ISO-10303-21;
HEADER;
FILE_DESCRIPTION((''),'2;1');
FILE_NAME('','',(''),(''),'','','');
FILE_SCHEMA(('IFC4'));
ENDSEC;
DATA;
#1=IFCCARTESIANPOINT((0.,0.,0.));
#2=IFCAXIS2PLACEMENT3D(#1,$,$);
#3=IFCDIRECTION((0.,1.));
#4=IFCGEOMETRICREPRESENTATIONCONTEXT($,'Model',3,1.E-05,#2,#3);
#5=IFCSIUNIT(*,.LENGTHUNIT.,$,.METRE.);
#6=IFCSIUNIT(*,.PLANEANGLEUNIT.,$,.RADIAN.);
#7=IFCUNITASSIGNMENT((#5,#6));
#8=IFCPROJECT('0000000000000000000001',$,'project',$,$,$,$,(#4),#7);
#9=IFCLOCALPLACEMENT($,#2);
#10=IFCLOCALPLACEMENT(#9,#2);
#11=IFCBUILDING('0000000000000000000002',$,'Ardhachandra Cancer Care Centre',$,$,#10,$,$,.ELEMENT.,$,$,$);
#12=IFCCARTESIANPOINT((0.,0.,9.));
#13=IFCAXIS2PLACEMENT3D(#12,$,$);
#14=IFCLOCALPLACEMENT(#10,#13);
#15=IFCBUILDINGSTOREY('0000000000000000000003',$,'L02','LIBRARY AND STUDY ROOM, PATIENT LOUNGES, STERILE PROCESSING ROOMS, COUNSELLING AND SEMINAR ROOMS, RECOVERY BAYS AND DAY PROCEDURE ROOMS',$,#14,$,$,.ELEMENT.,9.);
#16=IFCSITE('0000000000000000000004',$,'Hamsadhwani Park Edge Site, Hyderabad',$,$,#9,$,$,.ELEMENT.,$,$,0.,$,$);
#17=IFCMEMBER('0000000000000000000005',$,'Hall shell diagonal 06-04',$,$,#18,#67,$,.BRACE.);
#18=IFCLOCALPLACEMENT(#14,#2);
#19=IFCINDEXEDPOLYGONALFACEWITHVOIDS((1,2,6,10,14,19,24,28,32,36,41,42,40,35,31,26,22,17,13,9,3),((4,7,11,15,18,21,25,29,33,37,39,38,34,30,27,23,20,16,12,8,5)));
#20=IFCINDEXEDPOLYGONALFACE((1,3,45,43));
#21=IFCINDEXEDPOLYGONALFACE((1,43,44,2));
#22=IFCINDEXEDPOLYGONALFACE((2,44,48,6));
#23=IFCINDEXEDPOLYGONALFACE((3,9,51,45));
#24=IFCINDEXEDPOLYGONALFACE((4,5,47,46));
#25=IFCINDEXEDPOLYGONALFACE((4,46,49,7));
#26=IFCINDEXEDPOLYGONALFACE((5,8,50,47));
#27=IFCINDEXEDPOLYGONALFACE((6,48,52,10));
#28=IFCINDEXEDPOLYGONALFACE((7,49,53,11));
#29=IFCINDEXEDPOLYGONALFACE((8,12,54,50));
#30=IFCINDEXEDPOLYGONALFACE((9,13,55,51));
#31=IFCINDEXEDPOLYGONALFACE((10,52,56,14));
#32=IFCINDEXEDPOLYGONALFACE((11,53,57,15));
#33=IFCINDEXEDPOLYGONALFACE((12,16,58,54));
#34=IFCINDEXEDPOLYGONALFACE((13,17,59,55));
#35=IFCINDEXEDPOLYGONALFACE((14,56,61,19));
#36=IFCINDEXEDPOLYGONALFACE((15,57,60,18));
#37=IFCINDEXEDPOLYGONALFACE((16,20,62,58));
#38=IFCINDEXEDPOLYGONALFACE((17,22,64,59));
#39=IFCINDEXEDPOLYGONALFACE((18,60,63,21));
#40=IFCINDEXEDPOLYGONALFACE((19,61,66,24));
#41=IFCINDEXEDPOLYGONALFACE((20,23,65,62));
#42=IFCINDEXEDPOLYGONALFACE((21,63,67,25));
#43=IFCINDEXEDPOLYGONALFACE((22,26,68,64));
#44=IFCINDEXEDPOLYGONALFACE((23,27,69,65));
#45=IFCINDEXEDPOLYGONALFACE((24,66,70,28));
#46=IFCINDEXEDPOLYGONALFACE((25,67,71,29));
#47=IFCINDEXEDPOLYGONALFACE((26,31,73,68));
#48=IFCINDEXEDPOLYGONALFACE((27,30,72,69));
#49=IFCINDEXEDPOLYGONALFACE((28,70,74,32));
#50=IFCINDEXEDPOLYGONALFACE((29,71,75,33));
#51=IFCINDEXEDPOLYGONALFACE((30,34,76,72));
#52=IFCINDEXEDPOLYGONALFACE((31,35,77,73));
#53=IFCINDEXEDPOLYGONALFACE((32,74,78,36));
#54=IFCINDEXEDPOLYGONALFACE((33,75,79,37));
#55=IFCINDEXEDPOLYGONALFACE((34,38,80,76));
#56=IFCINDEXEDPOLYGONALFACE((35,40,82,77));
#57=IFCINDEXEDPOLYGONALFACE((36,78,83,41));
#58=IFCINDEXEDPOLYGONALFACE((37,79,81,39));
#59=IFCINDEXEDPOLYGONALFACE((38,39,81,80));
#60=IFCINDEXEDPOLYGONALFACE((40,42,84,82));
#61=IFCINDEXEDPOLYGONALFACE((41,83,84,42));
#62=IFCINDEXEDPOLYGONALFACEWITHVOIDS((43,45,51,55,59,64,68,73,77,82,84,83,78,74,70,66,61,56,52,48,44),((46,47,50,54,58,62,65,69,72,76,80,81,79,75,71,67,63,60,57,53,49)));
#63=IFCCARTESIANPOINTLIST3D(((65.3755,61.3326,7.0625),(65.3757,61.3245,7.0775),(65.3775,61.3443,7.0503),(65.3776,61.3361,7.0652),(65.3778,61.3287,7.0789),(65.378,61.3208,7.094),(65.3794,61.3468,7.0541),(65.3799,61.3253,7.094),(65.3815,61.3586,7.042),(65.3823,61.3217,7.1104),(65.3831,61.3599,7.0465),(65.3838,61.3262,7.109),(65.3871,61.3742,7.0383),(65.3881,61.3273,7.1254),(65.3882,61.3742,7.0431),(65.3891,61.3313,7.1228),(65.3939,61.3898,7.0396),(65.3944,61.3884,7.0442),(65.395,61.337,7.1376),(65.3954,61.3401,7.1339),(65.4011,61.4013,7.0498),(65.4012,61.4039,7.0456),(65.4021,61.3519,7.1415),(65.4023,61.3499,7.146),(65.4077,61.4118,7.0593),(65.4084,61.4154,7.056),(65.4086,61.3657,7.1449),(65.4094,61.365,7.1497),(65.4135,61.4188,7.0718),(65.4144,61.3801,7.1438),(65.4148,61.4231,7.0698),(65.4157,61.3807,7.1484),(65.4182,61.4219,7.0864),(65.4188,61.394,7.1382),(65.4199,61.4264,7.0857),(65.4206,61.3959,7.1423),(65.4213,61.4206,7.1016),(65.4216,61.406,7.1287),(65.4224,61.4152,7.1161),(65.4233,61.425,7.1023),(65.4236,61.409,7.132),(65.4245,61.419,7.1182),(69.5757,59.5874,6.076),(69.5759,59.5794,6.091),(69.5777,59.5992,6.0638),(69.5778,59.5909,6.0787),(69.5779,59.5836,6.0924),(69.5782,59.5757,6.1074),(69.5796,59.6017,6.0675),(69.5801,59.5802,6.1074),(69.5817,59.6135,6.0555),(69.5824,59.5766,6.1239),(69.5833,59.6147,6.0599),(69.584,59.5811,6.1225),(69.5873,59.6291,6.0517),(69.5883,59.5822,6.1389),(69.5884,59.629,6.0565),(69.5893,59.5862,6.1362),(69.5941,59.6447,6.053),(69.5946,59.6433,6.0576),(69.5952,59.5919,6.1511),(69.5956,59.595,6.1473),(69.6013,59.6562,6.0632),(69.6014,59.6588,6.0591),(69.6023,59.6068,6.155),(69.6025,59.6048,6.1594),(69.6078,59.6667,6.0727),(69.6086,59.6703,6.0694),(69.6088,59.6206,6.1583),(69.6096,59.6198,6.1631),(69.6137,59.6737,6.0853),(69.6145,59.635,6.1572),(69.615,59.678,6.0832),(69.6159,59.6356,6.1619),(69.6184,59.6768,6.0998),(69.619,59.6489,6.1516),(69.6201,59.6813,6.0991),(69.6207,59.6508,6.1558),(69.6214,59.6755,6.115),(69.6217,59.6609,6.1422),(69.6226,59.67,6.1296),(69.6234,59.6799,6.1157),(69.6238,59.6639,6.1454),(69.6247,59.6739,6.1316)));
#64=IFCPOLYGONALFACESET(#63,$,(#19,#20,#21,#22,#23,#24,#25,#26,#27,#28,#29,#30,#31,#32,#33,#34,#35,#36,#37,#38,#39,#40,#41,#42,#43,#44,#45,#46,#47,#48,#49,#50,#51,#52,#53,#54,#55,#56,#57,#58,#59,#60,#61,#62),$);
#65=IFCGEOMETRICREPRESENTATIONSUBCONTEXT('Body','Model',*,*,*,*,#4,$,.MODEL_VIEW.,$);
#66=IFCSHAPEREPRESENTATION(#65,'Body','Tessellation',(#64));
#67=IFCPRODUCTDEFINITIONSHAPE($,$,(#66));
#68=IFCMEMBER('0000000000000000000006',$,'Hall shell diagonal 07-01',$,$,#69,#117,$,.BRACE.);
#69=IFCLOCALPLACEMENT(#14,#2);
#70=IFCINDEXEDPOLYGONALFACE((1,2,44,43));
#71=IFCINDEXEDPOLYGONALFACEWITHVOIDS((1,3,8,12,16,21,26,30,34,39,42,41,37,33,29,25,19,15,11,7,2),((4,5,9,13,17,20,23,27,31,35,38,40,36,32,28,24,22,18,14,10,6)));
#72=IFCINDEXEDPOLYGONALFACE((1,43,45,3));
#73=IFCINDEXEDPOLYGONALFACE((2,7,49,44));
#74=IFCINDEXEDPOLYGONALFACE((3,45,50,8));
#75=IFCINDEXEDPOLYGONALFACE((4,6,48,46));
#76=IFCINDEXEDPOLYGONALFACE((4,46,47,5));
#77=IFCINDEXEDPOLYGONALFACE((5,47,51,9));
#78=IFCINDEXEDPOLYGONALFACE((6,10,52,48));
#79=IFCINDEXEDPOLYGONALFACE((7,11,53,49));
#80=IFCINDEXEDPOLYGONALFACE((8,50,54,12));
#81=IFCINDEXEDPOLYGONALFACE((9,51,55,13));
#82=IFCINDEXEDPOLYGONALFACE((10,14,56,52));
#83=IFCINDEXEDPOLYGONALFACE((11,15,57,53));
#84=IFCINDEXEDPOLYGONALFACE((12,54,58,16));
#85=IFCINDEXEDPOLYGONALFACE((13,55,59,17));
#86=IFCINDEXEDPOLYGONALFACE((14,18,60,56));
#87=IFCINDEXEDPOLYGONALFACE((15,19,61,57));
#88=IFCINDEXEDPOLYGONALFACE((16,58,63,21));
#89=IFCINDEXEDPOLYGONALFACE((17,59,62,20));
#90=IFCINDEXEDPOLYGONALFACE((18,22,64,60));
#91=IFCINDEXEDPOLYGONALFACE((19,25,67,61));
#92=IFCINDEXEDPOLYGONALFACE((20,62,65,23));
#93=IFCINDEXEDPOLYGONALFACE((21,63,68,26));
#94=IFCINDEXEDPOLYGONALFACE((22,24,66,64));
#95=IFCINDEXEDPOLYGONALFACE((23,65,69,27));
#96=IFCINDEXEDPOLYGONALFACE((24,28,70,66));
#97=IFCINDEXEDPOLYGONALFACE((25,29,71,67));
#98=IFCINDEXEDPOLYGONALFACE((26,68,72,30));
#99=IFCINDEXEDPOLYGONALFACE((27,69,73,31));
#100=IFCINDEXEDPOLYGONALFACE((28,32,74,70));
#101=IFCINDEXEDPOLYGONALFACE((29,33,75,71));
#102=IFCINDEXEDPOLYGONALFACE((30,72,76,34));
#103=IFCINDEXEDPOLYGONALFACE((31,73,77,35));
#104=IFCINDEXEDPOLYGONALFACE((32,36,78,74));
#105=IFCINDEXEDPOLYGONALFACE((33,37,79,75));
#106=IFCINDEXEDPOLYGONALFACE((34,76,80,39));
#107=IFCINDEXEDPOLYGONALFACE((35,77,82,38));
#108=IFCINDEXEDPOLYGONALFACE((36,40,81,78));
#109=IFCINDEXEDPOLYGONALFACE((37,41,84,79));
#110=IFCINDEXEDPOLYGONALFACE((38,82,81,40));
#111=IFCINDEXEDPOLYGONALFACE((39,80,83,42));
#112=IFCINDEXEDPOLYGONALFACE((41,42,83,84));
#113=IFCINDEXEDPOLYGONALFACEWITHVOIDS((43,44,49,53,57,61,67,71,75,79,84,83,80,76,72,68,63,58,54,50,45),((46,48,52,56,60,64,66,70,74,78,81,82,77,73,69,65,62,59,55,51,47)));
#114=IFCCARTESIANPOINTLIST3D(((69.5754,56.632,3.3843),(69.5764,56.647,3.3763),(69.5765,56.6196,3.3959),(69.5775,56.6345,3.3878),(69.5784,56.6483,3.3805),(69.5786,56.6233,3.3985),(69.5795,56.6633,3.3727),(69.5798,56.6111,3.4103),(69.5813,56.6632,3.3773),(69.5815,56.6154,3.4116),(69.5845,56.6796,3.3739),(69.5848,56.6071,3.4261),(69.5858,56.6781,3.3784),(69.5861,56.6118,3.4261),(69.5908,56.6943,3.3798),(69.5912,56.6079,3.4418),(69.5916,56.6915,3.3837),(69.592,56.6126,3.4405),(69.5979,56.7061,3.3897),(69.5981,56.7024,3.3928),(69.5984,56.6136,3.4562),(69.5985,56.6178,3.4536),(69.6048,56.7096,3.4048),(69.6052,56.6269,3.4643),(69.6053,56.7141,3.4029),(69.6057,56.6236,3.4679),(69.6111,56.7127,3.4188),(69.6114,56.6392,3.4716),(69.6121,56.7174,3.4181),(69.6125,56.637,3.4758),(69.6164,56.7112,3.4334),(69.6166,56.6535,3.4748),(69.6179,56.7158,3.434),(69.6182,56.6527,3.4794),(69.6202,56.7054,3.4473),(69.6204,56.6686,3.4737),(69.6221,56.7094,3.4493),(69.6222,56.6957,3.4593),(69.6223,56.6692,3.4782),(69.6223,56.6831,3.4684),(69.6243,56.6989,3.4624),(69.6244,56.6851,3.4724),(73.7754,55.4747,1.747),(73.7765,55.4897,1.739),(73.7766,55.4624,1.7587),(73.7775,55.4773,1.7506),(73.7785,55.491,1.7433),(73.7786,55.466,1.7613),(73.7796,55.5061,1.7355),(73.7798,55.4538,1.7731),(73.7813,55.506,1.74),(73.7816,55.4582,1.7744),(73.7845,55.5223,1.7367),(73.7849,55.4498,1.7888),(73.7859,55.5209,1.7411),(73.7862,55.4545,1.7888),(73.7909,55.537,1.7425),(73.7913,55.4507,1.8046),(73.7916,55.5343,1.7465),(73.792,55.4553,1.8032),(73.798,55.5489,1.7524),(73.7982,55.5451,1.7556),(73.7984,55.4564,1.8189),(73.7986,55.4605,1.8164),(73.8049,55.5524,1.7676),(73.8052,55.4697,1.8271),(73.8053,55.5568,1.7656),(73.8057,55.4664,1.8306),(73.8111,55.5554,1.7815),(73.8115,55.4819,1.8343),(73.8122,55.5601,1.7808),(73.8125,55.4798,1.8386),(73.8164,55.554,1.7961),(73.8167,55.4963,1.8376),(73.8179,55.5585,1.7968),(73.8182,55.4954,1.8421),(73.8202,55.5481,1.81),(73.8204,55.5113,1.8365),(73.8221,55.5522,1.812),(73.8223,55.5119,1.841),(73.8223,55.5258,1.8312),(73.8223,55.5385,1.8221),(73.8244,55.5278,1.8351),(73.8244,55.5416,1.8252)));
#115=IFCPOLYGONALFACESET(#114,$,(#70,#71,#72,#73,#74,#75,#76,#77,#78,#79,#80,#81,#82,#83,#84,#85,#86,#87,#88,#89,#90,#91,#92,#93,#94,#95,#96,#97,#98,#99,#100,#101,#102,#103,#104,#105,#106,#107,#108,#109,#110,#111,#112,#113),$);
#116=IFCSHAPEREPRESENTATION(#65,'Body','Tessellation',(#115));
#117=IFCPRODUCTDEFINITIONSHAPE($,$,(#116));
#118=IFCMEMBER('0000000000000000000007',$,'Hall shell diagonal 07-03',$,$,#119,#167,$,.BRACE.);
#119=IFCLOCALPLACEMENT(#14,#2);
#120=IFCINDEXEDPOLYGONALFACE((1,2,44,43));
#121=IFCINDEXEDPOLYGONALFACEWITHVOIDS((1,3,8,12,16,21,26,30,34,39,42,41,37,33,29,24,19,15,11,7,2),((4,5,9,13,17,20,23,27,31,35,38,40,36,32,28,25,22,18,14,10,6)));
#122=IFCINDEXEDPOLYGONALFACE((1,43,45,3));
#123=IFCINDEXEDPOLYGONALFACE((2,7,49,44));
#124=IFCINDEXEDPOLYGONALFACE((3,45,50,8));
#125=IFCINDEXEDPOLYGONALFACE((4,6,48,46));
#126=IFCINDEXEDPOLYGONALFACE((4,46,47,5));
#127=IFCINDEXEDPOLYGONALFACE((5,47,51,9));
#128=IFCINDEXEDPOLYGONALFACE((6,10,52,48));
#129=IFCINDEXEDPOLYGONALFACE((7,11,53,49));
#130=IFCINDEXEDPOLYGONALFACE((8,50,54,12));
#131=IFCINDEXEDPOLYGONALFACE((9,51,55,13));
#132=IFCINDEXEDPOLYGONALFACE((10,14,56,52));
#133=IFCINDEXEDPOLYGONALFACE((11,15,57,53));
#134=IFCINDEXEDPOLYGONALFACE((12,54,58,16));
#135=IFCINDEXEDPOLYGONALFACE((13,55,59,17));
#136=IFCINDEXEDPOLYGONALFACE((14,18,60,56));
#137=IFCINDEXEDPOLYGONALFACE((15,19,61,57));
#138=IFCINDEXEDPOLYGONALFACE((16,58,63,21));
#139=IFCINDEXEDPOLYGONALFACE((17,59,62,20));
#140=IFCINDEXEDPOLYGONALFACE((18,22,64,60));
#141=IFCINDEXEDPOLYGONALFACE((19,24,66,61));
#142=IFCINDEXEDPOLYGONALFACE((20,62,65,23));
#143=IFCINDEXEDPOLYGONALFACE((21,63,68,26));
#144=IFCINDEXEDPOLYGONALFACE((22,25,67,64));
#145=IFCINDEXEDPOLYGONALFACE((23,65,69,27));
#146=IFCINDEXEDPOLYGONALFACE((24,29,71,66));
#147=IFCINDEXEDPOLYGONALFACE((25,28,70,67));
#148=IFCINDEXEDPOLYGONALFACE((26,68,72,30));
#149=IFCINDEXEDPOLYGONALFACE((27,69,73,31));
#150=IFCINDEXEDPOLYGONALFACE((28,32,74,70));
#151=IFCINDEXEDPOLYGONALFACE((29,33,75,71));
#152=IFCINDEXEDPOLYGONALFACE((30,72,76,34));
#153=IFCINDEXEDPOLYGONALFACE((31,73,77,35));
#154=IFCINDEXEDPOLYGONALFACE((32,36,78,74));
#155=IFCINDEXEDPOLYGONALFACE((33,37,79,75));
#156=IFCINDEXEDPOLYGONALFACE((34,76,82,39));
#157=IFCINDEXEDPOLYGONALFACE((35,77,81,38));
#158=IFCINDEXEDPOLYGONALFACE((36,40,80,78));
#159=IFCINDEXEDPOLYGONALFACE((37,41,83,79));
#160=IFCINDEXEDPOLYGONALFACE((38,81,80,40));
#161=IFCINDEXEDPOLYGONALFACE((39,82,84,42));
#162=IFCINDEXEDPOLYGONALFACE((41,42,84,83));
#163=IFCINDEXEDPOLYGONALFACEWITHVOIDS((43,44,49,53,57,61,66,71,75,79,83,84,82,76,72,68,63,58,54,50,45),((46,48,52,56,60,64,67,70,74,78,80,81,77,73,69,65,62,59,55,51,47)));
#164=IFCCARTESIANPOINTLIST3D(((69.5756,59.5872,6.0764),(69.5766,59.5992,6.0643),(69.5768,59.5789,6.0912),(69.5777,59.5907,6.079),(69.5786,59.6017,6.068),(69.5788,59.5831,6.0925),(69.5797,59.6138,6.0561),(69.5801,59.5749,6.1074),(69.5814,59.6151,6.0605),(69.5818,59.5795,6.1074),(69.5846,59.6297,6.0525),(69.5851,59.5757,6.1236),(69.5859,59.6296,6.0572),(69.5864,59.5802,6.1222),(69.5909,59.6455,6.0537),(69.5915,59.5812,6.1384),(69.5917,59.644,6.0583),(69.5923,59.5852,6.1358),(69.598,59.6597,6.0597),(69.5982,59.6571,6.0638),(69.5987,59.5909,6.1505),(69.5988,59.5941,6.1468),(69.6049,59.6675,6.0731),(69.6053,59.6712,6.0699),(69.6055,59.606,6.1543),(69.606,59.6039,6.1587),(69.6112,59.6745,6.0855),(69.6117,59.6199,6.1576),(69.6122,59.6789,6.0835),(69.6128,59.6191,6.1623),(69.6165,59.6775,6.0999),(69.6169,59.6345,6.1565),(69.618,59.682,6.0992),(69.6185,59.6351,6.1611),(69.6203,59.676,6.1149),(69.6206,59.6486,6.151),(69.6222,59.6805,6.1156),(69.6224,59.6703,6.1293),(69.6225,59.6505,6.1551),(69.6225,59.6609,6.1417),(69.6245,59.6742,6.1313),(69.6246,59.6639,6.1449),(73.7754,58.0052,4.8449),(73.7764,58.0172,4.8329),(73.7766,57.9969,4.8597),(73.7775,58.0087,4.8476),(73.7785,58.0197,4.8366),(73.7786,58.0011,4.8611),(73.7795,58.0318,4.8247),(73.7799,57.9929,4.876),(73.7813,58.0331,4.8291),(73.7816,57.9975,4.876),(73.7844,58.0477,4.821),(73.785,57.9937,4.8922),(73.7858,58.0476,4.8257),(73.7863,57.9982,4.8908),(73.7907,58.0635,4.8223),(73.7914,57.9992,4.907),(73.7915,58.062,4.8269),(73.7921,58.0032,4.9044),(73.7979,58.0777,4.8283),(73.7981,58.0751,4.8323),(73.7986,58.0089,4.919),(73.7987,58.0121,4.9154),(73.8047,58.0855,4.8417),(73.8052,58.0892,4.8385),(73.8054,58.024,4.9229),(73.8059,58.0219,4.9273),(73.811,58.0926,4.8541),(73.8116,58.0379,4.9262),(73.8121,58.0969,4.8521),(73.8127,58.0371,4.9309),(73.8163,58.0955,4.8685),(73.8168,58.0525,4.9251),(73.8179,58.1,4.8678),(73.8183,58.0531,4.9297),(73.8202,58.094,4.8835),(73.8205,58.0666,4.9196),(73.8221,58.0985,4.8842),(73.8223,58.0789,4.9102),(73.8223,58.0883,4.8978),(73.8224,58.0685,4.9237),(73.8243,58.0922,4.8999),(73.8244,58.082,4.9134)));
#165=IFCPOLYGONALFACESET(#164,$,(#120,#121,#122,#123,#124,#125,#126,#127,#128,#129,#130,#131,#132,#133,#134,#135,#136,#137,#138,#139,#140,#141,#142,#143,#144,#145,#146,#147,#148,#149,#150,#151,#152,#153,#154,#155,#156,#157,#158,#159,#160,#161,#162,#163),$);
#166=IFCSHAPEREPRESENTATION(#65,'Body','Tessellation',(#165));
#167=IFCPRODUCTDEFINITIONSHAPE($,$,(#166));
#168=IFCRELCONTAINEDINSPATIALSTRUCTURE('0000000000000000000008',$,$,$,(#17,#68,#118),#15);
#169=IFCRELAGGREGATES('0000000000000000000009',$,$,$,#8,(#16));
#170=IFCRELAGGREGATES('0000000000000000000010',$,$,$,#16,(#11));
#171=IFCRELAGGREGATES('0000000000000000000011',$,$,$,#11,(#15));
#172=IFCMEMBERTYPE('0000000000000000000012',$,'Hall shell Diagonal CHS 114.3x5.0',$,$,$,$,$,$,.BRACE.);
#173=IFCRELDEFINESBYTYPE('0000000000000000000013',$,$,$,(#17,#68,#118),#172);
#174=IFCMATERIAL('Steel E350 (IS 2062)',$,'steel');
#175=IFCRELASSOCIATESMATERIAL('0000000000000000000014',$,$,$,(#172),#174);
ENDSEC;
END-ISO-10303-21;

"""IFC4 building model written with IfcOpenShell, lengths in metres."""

from ifc_helpers import new_model, si_unit, direction, frame, origin, origin_2d, place, context, subcontext, project, spatial, hollow_circle, extrude, material, material_profile, profile_set, type_object, element, save


model = new_model("IFC4")

# Units and contexts
model_context = context("Model", 3, precision=1e-05, world=origin(), true_north=direction((0.0, 1.0)))
body_context = subcontext(model_context, "Body", "Model", "MODEL_VIEW")
ifc_project = project(units=[si_unit("LENGTHUNIT", "METRE"), si_unit("PLANEANGLEUNIT", "RADIAN")], contexts=[model_context])

# Site, building, storey
site_placement = place(None, origin())
site = spatial("IfcSite", under=ifc_project, at=site_placement, Name="Hamsadhwani Park Edge Site, Hyderabad", CompositionType="ELEMENT", RefElevation=0.0)
building_placement = place(site_placement, origin())
building = spatial("IfcBuilding", under=site, at=building_placement, Name="Ardhachandra Cancer Care Centre", CompositionType="ELEMENT")
storey_placement = place(building_placement, frame((0.0, 0.0, 9.0)))
storey = spatial("IfcBuildingStorey", under=building, at=storey_placement, Name="L02", Description="LIBRARY AND STUDY ROOM, PATIENT LOUNGES, STERILE PROCESSING ROOMS, COUNSELLING AND SEMINAR ROOMS, RECOVERY BAYS AND DAY PROCEDURE ROOMS", CompositionType="ELEMENT", Elevation=9.0)

# Members
ifc_material_1 = material(Name="Steel E350 (IS 2062)", Category="steel")
ifc_material_profile_1 = material_profile(ifc_material_1, hollow_circle(Radius=0.0571, WallThickness=0.0049, at=origin_2d()), Name="CHS 114.3x5.0")
ifc_profile_set_1 = profile_set([ifc_material_profile_1], Name="Steel E350 (IS 2062)")
member_type_1 = type_object("IfcMemberType", Name="Hall shell Diagonal CHS 114.3x5.0", PredefinedType="BRACE", material=ifc_profile_set_1)
for number, where, z_axis, x_axis, name in (
    (1, (69.6001, 59.6284, 6.1074), (-0.902477, 0.374966, 0.21198), (-0.383685, -0.923464, 0.0), "Hall shell diagonal 06-04"),
    (2, (73.8, 55.5049, 1.7888), (-0.90245, 0.248655, 0.351789), (-0.265634, -0.964074, 0.0), "Hall shell diagonal 07-01"),
):
    element("IfcMember", number, at=place(storey_placement, frame(where, z_axis=z_axis, x_axis=x_axis)), inside=storey, type_object=member_type_1, Name=name, PredefinedType="BRACE", context=body_context, shape_type="SweptSolid", body=[
        extrude(hollow_circle(Radius=0.0571, WallThickness=0.0049, at=origin_2d()), origin(), (0.0, 0.0, 1.0), 4.6541),
    ])
for number, where, z_axis, x_axis, name in (
    (3, (73.8, 58.0464, 4.876), (-0.902457, 0.339936, 0.264605), (-0.3525, -0.935812, 0.0), "Hall shell diagonal 07-03"),
):
    element("IfcMember", number, at=place(storey_placement, frame(where, z_axis=z_axis, x_axis=x_axis)), inside=storey, type_object=member_type_1, Name=name, PredefinedType="BRACE", context=body_context, shape_type="SweptSolid", body=[
        extrude(hollow_circle(Radius=0.0571, WallThickness=0.0049, at=origin_2d()), origin(), (0.0, 0.0, 1.0), 4.6538),
    ])

save(model, "model.ifc")
